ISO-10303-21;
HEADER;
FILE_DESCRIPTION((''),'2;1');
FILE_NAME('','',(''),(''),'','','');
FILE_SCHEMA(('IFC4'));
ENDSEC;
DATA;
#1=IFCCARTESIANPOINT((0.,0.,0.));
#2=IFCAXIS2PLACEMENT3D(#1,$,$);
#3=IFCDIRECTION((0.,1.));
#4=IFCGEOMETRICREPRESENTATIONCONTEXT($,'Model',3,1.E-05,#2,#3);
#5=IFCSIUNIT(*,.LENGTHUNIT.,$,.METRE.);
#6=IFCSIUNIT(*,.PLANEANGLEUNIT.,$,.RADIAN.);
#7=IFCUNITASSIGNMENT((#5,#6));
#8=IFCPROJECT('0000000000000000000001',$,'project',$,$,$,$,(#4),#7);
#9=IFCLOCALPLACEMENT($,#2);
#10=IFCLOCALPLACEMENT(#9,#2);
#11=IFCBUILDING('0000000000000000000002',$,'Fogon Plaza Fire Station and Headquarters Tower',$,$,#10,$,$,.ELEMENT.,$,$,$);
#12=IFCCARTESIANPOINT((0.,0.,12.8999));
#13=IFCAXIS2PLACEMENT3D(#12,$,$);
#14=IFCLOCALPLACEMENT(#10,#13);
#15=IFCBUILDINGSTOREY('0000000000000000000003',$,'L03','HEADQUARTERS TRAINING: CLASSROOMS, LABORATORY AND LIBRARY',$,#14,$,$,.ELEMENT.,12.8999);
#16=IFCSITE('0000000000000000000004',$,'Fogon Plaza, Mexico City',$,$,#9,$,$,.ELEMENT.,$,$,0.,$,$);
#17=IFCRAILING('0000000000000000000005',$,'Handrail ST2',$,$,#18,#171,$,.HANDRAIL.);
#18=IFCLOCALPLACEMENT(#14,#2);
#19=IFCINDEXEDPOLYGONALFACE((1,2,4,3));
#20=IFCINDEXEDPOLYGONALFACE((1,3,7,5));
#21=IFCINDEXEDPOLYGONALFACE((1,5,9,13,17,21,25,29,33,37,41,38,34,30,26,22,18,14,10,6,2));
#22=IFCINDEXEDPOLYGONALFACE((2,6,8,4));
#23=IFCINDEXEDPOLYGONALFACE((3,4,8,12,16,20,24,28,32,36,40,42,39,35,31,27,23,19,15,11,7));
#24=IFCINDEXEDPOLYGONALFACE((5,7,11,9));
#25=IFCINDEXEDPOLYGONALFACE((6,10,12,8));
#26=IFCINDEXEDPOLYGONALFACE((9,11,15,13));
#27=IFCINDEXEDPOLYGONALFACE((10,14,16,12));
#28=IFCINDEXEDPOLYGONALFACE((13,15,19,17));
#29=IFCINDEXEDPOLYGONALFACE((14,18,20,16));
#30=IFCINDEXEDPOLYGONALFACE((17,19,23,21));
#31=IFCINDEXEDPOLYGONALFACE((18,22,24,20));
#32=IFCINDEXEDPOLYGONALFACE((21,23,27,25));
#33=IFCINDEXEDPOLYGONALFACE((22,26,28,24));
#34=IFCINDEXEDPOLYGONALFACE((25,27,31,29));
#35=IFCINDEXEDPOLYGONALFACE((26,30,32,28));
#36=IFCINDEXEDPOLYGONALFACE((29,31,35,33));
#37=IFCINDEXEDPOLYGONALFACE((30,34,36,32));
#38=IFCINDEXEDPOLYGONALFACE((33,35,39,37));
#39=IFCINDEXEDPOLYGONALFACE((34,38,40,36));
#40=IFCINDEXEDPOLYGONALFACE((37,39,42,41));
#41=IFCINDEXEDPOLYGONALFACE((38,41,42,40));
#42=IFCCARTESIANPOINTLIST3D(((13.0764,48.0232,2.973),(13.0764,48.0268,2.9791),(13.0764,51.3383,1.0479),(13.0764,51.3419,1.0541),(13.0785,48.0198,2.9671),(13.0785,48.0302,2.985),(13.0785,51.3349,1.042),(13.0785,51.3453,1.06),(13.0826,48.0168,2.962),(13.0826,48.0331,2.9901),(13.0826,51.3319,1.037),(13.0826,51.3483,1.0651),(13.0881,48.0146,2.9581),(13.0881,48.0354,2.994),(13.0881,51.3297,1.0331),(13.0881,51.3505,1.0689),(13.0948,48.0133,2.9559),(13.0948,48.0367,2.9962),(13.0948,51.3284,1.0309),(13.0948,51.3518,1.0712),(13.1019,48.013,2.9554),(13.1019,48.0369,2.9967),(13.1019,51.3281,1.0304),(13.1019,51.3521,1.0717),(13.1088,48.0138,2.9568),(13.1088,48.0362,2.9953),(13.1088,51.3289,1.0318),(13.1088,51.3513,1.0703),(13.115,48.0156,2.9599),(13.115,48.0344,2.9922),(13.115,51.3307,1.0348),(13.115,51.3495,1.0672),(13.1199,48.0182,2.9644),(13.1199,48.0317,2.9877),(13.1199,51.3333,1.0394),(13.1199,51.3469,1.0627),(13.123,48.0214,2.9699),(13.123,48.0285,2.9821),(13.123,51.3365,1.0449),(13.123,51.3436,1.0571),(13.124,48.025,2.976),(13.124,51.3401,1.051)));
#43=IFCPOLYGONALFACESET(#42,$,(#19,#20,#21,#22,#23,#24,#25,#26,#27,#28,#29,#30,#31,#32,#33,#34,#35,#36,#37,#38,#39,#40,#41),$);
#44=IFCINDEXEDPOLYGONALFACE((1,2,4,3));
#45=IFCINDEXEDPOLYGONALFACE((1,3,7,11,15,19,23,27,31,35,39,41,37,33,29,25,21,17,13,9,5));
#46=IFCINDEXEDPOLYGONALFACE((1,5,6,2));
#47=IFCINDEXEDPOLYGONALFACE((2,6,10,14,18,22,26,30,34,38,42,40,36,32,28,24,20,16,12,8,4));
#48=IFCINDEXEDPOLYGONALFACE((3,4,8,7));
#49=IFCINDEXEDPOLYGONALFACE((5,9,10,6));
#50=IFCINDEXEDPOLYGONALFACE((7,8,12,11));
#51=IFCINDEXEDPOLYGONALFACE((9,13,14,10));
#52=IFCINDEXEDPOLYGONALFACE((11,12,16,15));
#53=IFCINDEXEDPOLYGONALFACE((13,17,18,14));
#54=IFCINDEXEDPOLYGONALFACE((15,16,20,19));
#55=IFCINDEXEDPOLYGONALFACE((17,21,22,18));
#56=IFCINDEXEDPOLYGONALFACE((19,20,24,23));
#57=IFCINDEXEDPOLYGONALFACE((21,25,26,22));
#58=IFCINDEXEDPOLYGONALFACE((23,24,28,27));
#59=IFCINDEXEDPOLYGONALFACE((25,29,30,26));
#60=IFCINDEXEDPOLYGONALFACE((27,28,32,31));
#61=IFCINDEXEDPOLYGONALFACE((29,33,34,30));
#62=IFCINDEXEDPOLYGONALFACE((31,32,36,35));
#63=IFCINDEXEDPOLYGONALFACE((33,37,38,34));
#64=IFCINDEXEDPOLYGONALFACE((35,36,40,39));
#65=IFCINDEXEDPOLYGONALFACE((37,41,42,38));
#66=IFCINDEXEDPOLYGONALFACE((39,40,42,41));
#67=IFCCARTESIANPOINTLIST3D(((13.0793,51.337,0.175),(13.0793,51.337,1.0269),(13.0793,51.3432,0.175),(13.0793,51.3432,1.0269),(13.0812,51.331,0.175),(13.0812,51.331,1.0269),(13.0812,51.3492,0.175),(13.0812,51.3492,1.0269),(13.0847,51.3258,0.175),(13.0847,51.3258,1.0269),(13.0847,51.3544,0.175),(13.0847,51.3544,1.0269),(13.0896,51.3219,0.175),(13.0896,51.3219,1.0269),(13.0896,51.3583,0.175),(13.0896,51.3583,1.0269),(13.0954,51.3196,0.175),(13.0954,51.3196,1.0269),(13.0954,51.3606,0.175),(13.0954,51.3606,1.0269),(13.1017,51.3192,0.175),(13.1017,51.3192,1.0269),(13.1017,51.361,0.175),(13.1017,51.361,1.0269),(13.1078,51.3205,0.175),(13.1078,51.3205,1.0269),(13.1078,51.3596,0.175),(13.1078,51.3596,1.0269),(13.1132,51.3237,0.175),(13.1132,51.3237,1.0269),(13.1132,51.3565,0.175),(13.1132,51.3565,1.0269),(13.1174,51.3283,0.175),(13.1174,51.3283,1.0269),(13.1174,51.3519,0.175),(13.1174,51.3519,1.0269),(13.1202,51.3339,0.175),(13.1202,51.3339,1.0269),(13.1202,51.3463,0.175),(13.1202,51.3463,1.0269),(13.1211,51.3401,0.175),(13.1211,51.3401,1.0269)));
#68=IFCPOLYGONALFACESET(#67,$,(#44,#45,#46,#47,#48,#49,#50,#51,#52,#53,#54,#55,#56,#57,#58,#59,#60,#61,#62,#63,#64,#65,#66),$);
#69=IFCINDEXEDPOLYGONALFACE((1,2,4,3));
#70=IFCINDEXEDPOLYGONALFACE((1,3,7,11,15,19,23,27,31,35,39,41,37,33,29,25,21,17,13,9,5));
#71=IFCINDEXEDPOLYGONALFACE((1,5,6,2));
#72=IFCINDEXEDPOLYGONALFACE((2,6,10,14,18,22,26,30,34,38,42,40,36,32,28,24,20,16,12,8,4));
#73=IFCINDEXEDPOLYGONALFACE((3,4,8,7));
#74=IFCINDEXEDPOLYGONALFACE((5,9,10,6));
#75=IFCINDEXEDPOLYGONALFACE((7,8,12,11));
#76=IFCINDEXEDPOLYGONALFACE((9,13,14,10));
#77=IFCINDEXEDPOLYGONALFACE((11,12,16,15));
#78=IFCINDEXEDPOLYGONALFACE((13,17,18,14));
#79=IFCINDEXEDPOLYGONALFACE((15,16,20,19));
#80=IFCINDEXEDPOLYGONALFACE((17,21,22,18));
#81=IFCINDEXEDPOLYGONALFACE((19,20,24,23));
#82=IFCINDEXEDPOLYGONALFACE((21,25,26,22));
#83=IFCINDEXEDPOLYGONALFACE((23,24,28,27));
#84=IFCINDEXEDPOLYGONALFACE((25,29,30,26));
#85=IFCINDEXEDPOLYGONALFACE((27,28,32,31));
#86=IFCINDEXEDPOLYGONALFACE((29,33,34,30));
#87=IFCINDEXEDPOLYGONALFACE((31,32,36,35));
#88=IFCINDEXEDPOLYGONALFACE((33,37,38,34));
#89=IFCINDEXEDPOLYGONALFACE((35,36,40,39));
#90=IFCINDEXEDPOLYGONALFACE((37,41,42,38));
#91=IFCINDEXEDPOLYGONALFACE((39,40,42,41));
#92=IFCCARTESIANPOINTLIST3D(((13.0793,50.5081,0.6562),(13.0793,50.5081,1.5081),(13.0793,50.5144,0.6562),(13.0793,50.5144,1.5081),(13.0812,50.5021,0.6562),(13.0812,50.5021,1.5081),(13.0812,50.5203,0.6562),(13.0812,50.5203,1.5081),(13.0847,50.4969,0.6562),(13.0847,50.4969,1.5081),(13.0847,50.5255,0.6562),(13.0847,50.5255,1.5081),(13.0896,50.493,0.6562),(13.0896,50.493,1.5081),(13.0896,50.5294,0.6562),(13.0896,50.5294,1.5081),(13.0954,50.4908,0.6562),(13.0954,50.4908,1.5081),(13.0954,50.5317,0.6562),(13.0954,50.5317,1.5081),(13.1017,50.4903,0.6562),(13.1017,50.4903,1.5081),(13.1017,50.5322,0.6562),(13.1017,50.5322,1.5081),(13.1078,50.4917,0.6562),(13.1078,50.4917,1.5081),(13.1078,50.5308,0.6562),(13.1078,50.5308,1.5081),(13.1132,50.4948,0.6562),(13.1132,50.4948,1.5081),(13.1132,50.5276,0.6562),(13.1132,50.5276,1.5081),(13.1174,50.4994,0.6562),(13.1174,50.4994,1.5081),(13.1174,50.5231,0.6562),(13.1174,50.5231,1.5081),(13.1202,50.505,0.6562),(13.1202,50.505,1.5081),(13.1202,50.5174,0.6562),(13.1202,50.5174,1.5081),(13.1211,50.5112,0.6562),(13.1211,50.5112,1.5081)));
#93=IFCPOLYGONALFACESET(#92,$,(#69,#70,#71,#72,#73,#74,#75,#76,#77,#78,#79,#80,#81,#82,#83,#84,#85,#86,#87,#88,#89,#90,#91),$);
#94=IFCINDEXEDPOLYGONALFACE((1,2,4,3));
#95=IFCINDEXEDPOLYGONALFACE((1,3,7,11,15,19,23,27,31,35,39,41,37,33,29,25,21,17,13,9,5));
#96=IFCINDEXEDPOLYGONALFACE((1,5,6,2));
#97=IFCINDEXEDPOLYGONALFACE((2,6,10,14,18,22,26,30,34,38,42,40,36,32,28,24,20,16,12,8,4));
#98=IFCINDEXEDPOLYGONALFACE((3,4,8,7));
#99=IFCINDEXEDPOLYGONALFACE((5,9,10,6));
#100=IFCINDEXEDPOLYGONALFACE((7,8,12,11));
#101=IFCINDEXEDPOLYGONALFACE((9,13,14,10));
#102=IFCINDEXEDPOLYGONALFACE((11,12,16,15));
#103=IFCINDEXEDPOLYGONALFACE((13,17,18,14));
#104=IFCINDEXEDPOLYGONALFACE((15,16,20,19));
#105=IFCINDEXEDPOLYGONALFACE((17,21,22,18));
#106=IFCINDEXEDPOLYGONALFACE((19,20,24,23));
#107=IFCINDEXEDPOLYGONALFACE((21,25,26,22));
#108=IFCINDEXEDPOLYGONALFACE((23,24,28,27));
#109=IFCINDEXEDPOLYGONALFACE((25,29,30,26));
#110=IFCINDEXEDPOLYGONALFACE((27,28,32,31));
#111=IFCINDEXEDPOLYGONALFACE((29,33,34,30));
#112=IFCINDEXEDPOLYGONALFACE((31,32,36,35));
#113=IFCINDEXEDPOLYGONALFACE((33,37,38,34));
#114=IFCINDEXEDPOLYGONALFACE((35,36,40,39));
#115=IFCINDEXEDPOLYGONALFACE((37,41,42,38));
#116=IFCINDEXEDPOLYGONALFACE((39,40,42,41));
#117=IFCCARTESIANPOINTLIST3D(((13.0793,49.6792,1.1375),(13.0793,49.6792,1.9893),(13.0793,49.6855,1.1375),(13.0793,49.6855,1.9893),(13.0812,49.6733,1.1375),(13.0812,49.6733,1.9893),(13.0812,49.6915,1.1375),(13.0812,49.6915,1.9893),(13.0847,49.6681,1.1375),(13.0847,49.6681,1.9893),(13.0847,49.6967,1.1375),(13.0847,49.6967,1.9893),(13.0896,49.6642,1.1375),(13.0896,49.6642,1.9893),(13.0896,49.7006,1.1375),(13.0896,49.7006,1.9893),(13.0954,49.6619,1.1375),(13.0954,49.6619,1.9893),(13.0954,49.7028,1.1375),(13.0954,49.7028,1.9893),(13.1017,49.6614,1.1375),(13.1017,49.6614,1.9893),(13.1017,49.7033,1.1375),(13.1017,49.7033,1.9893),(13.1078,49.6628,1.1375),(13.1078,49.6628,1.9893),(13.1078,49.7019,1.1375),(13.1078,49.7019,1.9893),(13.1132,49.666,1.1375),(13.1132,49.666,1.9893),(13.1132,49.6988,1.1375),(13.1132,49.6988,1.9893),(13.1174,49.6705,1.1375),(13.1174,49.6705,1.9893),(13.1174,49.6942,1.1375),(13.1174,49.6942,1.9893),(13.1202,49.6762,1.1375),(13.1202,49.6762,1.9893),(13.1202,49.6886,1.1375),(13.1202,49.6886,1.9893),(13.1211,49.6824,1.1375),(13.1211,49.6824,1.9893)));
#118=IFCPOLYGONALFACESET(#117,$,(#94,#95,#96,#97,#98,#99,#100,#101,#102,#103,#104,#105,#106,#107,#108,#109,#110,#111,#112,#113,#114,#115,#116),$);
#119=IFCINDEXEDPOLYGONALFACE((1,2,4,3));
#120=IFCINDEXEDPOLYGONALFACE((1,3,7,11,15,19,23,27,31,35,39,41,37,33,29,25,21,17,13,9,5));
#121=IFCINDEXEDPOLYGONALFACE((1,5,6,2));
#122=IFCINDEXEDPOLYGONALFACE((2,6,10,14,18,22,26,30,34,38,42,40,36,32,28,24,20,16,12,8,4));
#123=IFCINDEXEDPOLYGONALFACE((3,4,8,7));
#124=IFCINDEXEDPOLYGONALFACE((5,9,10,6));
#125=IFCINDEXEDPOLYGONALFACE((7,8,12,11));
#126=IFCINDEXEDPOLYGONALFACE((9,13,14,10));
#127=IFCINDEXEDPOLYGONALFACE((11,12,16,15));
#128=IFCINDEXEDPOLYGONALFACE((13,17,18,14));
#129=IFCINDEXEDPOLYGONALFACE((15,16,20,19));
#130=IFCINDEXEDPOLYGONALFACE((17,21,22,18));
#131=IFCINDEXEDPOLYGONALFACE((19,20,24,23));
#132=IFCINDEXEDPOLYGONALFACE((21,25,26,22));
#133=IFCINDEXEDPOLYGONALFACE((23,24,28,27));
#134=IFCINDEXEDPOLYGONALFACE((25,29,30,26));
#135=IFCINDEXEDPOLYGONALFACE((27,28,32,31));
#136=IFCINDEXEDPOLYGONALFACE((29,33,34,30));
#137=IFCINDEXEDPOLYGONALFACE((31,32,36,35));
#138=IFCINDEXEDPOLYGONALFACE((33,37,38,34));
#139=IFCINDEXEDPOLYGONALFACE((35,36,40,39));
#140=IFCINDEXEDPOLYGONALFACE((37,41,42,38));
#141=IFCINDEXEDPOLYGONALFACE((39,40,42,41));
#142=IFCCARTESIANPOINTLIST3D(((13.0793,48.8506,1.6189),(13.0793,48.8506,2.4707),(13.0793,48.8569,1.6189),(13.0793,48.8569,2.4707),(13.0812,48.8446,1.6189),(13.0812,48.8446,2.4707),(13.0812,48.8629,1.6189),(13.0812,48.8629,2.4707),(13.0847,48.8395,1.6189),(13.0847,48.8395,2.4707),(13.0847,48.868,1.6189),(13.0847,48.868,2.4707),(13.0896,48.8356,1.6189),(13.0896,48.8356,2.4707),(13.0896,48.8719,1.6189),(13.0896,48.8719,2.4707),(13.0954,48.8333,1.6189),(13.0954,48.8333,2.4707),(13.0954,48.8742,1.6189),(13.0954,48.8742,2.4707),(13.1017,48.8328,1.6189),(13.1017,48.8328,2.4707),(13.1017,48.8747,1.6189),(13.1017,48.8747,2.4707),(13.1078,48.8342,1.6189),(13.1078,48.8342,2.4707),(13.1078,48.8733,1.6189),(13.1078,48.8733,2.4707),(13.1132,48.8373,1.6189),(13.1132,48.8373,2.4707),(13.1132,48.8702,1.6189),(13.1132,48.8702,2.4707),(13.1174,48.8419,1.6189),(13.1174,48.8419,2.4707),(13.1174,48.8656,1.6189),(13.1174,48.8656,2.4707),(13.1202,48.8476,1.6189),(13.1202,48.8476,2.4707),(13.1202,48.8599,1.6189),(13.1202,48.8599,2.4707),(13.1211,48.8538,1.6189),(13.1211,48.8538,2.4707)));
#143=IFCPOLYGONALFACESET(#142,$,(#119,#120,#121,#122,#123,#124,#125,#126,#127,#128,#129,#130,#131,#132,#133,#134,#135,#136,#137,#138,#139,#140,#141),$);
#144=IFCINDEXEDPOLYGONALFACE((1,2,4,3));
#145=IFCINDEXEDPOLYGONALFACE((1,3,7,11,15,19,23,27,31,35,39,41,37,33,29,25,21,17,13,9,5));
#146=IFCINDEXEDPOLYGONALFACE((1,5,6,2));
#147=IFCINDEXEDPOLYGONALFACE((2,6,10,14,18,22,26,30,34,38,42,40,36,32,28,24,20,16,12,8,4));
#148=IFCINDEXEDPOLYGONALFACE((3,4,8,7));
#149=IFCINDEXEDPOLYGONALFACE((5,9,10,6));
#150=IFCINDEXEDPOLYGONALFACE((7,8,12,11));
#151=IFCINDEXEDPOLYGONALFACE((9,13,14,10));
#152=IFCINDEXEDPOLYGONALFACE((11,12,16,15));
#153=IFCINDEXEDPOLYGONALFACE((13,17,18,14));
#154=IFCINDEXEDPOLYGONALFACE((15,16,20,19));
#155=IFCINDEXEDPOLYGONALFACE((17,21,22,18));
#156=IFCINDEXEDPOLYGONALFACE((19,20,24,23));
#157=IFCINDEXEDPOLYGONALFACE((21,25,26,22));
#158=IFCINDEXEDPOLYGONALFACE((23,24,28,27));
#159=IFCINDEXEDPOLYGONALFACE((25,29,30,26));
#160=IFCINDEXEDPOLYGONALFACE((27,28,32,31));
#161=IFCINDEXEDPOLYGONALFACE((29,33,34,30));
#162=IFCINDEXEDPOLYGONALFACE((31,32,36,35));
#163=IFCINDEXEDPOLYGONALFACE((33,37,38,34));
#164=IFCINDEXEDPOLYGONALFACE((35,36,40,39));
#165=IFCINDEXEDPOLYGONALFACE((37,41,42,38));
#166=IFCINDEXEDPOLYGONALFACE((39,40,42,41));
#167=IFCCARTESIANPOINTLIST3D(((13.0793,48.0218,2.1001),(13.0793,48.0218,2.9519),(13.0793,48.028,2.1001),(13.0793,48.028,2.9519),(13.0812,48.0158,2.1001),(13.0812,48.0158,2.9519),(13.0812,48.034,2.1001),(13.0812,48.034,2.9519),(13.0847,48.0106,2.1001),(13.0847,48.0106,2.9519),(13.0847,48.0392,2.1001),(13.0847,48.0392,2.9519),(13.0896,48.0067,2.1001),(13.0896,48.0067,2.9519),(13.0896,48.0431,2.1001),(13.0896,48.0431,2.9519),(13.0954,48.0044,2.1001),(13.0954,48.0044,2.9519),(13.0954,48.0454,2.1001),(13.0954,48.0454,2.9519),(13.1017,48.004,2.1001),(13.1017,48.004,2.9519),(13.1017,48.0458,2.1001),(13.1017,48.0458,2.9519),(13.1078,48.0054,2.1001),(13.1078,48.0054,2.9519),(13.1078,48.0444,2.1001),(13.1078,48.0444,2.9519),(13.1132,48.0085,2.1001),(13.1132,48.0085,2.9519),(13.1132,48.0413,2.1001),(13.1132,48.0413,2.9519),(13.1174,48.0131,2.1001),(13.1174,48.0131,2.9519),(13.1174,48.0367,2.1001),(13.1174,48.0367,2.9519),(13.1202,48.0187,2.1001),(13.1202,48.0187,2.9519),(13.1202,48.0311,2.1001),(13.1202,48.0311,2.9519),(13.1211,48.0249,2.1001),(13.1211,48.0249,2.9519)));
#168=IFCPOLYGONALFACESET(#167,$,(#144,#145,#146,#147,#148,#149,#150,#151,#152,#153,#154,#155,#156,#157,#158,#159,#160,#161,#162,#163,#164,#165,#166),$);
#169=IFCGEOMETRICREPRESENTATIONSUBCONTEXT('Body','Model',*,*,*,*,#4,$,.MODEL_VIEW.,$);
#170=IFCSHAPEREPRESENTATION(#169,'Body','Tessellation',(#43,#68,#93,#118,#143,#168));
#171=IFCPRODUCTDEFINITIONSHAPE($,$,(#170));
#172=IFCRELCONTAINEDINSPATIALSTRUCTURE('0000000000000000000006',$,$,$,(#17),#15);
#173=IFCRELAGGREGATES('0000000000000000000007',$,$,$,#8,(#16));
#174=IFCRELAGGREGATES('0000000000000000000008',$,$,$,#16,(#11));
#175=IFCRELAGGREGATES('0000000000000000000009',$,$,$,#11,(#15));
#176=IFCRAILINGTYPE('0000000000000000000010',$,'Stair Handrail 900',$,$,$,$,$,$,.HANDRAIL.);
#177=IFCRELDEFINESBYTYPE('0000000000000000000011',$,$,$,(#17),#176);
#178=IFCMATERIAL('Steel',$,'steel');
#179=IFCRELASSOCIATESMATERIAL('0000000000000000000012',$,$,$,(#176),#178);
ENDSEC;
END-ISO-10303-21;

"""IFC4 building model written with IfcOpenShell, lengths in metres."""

from ifc_helpers import new_model, si_unit, direction, frame, origin, origin_2d, place, context, subcontext, project, spatial, circle, extrude, material, type_object, element, save


model = new_model("IFC4")

# Units and contexts
model_context = context("Model", 3, precision=1e-05, world=origin(), true_north=direction((0.0, 1.0)))
body_context = subcontext(model_context, "Body", "Model", "MODEL_VIEW")
ifc_project = project(units=[si_unit("LENGTHUNIT", "METRE"), si_unit("PLANEANGLEUNIT", "RADIAN")], contexts=[model_context])

# Site, building, storey
site_placement = place(None, origin())
site = spatial("IfcSite", under=ifc_project, at=site_placement, Name="Fogon Plaza, Mexico City", CompositionType="ELEMENT", RefElevation=0.0)
building_placement = place(site_placement, origin())
building = spatial("IfcBuilding", under=site, at=building_placement, Name="Fogon Plaza Fire Station and Headquarters Tower", CompositionType="ELEMENT")
storey_placement = place(building_placement, frame((0.0, 0.0, 12.8999)))
storey = spatial("IfcBuildingStorey", under=building, at=storey_placement, Name="L03", Description="HEADQUARTERS TRAINING: CLASSROOMS, LABORATORY AND LIBRARY", CompositionType="ELEMENT", Elevation=12.8999)

# Railing
ifc_material_1 = material(Name="Steel", Category="steel")
railing_type = type_object("IfcRailingType", Name="Stair Handrail 900", PredefinedType="HANDRAIL", material=ifc_material_1)
for number, where, name in (
    (1, (13.1001, 51.3401, 0.175), "Handrail ST2"),
):
    element("IfcRailing", number, at=place(storey_placement, frame(where)), inside=storey, type_object=railing_type, Name=name, PredefinedType="HANDRAIL", context=body_context, shape_type="SweptSolid", body=[
        extrude(circle(Radius=0.0239, at=origin_2d()), frame((0.0, 0.0, 0.876), z_axis=(0.0, -0.864777, 0.502155), x_axis=(1.0, 0.0, 0.0)), (0.0, 0.0, 1.0), 3.8335),
        extrude(circle(Radius=0.021, at=origin_2d()), origin(), (0.0, 0.0, 1.0), 0.8518),
        extrude(circle(Radius=0.021, at=origin_2d()), frame((0.0, -0.8289, 0.4812)), (0.0, 0.0, 1.0), 0.8518),
        extrude(circle(Radius=0.021, at=origin_2d()), frame((0.0, -1.6577, 0.9624)), (0.0, 0.0, 1.0), 0.8518),
        extrude(circle(Radius=0.021, at=origin_2d()), frame((0.0, -2.4863, 1.4438)), (0.0, 0.0, 1.0), 0.8518),
        extrude(circle(Radius=0.021, at=origin_2d()), frame((0.0, -3.3152, 1.925)), (0.0, 0.0, 1.0), 0.8518),
    ])

save(model, "model.ifc")
